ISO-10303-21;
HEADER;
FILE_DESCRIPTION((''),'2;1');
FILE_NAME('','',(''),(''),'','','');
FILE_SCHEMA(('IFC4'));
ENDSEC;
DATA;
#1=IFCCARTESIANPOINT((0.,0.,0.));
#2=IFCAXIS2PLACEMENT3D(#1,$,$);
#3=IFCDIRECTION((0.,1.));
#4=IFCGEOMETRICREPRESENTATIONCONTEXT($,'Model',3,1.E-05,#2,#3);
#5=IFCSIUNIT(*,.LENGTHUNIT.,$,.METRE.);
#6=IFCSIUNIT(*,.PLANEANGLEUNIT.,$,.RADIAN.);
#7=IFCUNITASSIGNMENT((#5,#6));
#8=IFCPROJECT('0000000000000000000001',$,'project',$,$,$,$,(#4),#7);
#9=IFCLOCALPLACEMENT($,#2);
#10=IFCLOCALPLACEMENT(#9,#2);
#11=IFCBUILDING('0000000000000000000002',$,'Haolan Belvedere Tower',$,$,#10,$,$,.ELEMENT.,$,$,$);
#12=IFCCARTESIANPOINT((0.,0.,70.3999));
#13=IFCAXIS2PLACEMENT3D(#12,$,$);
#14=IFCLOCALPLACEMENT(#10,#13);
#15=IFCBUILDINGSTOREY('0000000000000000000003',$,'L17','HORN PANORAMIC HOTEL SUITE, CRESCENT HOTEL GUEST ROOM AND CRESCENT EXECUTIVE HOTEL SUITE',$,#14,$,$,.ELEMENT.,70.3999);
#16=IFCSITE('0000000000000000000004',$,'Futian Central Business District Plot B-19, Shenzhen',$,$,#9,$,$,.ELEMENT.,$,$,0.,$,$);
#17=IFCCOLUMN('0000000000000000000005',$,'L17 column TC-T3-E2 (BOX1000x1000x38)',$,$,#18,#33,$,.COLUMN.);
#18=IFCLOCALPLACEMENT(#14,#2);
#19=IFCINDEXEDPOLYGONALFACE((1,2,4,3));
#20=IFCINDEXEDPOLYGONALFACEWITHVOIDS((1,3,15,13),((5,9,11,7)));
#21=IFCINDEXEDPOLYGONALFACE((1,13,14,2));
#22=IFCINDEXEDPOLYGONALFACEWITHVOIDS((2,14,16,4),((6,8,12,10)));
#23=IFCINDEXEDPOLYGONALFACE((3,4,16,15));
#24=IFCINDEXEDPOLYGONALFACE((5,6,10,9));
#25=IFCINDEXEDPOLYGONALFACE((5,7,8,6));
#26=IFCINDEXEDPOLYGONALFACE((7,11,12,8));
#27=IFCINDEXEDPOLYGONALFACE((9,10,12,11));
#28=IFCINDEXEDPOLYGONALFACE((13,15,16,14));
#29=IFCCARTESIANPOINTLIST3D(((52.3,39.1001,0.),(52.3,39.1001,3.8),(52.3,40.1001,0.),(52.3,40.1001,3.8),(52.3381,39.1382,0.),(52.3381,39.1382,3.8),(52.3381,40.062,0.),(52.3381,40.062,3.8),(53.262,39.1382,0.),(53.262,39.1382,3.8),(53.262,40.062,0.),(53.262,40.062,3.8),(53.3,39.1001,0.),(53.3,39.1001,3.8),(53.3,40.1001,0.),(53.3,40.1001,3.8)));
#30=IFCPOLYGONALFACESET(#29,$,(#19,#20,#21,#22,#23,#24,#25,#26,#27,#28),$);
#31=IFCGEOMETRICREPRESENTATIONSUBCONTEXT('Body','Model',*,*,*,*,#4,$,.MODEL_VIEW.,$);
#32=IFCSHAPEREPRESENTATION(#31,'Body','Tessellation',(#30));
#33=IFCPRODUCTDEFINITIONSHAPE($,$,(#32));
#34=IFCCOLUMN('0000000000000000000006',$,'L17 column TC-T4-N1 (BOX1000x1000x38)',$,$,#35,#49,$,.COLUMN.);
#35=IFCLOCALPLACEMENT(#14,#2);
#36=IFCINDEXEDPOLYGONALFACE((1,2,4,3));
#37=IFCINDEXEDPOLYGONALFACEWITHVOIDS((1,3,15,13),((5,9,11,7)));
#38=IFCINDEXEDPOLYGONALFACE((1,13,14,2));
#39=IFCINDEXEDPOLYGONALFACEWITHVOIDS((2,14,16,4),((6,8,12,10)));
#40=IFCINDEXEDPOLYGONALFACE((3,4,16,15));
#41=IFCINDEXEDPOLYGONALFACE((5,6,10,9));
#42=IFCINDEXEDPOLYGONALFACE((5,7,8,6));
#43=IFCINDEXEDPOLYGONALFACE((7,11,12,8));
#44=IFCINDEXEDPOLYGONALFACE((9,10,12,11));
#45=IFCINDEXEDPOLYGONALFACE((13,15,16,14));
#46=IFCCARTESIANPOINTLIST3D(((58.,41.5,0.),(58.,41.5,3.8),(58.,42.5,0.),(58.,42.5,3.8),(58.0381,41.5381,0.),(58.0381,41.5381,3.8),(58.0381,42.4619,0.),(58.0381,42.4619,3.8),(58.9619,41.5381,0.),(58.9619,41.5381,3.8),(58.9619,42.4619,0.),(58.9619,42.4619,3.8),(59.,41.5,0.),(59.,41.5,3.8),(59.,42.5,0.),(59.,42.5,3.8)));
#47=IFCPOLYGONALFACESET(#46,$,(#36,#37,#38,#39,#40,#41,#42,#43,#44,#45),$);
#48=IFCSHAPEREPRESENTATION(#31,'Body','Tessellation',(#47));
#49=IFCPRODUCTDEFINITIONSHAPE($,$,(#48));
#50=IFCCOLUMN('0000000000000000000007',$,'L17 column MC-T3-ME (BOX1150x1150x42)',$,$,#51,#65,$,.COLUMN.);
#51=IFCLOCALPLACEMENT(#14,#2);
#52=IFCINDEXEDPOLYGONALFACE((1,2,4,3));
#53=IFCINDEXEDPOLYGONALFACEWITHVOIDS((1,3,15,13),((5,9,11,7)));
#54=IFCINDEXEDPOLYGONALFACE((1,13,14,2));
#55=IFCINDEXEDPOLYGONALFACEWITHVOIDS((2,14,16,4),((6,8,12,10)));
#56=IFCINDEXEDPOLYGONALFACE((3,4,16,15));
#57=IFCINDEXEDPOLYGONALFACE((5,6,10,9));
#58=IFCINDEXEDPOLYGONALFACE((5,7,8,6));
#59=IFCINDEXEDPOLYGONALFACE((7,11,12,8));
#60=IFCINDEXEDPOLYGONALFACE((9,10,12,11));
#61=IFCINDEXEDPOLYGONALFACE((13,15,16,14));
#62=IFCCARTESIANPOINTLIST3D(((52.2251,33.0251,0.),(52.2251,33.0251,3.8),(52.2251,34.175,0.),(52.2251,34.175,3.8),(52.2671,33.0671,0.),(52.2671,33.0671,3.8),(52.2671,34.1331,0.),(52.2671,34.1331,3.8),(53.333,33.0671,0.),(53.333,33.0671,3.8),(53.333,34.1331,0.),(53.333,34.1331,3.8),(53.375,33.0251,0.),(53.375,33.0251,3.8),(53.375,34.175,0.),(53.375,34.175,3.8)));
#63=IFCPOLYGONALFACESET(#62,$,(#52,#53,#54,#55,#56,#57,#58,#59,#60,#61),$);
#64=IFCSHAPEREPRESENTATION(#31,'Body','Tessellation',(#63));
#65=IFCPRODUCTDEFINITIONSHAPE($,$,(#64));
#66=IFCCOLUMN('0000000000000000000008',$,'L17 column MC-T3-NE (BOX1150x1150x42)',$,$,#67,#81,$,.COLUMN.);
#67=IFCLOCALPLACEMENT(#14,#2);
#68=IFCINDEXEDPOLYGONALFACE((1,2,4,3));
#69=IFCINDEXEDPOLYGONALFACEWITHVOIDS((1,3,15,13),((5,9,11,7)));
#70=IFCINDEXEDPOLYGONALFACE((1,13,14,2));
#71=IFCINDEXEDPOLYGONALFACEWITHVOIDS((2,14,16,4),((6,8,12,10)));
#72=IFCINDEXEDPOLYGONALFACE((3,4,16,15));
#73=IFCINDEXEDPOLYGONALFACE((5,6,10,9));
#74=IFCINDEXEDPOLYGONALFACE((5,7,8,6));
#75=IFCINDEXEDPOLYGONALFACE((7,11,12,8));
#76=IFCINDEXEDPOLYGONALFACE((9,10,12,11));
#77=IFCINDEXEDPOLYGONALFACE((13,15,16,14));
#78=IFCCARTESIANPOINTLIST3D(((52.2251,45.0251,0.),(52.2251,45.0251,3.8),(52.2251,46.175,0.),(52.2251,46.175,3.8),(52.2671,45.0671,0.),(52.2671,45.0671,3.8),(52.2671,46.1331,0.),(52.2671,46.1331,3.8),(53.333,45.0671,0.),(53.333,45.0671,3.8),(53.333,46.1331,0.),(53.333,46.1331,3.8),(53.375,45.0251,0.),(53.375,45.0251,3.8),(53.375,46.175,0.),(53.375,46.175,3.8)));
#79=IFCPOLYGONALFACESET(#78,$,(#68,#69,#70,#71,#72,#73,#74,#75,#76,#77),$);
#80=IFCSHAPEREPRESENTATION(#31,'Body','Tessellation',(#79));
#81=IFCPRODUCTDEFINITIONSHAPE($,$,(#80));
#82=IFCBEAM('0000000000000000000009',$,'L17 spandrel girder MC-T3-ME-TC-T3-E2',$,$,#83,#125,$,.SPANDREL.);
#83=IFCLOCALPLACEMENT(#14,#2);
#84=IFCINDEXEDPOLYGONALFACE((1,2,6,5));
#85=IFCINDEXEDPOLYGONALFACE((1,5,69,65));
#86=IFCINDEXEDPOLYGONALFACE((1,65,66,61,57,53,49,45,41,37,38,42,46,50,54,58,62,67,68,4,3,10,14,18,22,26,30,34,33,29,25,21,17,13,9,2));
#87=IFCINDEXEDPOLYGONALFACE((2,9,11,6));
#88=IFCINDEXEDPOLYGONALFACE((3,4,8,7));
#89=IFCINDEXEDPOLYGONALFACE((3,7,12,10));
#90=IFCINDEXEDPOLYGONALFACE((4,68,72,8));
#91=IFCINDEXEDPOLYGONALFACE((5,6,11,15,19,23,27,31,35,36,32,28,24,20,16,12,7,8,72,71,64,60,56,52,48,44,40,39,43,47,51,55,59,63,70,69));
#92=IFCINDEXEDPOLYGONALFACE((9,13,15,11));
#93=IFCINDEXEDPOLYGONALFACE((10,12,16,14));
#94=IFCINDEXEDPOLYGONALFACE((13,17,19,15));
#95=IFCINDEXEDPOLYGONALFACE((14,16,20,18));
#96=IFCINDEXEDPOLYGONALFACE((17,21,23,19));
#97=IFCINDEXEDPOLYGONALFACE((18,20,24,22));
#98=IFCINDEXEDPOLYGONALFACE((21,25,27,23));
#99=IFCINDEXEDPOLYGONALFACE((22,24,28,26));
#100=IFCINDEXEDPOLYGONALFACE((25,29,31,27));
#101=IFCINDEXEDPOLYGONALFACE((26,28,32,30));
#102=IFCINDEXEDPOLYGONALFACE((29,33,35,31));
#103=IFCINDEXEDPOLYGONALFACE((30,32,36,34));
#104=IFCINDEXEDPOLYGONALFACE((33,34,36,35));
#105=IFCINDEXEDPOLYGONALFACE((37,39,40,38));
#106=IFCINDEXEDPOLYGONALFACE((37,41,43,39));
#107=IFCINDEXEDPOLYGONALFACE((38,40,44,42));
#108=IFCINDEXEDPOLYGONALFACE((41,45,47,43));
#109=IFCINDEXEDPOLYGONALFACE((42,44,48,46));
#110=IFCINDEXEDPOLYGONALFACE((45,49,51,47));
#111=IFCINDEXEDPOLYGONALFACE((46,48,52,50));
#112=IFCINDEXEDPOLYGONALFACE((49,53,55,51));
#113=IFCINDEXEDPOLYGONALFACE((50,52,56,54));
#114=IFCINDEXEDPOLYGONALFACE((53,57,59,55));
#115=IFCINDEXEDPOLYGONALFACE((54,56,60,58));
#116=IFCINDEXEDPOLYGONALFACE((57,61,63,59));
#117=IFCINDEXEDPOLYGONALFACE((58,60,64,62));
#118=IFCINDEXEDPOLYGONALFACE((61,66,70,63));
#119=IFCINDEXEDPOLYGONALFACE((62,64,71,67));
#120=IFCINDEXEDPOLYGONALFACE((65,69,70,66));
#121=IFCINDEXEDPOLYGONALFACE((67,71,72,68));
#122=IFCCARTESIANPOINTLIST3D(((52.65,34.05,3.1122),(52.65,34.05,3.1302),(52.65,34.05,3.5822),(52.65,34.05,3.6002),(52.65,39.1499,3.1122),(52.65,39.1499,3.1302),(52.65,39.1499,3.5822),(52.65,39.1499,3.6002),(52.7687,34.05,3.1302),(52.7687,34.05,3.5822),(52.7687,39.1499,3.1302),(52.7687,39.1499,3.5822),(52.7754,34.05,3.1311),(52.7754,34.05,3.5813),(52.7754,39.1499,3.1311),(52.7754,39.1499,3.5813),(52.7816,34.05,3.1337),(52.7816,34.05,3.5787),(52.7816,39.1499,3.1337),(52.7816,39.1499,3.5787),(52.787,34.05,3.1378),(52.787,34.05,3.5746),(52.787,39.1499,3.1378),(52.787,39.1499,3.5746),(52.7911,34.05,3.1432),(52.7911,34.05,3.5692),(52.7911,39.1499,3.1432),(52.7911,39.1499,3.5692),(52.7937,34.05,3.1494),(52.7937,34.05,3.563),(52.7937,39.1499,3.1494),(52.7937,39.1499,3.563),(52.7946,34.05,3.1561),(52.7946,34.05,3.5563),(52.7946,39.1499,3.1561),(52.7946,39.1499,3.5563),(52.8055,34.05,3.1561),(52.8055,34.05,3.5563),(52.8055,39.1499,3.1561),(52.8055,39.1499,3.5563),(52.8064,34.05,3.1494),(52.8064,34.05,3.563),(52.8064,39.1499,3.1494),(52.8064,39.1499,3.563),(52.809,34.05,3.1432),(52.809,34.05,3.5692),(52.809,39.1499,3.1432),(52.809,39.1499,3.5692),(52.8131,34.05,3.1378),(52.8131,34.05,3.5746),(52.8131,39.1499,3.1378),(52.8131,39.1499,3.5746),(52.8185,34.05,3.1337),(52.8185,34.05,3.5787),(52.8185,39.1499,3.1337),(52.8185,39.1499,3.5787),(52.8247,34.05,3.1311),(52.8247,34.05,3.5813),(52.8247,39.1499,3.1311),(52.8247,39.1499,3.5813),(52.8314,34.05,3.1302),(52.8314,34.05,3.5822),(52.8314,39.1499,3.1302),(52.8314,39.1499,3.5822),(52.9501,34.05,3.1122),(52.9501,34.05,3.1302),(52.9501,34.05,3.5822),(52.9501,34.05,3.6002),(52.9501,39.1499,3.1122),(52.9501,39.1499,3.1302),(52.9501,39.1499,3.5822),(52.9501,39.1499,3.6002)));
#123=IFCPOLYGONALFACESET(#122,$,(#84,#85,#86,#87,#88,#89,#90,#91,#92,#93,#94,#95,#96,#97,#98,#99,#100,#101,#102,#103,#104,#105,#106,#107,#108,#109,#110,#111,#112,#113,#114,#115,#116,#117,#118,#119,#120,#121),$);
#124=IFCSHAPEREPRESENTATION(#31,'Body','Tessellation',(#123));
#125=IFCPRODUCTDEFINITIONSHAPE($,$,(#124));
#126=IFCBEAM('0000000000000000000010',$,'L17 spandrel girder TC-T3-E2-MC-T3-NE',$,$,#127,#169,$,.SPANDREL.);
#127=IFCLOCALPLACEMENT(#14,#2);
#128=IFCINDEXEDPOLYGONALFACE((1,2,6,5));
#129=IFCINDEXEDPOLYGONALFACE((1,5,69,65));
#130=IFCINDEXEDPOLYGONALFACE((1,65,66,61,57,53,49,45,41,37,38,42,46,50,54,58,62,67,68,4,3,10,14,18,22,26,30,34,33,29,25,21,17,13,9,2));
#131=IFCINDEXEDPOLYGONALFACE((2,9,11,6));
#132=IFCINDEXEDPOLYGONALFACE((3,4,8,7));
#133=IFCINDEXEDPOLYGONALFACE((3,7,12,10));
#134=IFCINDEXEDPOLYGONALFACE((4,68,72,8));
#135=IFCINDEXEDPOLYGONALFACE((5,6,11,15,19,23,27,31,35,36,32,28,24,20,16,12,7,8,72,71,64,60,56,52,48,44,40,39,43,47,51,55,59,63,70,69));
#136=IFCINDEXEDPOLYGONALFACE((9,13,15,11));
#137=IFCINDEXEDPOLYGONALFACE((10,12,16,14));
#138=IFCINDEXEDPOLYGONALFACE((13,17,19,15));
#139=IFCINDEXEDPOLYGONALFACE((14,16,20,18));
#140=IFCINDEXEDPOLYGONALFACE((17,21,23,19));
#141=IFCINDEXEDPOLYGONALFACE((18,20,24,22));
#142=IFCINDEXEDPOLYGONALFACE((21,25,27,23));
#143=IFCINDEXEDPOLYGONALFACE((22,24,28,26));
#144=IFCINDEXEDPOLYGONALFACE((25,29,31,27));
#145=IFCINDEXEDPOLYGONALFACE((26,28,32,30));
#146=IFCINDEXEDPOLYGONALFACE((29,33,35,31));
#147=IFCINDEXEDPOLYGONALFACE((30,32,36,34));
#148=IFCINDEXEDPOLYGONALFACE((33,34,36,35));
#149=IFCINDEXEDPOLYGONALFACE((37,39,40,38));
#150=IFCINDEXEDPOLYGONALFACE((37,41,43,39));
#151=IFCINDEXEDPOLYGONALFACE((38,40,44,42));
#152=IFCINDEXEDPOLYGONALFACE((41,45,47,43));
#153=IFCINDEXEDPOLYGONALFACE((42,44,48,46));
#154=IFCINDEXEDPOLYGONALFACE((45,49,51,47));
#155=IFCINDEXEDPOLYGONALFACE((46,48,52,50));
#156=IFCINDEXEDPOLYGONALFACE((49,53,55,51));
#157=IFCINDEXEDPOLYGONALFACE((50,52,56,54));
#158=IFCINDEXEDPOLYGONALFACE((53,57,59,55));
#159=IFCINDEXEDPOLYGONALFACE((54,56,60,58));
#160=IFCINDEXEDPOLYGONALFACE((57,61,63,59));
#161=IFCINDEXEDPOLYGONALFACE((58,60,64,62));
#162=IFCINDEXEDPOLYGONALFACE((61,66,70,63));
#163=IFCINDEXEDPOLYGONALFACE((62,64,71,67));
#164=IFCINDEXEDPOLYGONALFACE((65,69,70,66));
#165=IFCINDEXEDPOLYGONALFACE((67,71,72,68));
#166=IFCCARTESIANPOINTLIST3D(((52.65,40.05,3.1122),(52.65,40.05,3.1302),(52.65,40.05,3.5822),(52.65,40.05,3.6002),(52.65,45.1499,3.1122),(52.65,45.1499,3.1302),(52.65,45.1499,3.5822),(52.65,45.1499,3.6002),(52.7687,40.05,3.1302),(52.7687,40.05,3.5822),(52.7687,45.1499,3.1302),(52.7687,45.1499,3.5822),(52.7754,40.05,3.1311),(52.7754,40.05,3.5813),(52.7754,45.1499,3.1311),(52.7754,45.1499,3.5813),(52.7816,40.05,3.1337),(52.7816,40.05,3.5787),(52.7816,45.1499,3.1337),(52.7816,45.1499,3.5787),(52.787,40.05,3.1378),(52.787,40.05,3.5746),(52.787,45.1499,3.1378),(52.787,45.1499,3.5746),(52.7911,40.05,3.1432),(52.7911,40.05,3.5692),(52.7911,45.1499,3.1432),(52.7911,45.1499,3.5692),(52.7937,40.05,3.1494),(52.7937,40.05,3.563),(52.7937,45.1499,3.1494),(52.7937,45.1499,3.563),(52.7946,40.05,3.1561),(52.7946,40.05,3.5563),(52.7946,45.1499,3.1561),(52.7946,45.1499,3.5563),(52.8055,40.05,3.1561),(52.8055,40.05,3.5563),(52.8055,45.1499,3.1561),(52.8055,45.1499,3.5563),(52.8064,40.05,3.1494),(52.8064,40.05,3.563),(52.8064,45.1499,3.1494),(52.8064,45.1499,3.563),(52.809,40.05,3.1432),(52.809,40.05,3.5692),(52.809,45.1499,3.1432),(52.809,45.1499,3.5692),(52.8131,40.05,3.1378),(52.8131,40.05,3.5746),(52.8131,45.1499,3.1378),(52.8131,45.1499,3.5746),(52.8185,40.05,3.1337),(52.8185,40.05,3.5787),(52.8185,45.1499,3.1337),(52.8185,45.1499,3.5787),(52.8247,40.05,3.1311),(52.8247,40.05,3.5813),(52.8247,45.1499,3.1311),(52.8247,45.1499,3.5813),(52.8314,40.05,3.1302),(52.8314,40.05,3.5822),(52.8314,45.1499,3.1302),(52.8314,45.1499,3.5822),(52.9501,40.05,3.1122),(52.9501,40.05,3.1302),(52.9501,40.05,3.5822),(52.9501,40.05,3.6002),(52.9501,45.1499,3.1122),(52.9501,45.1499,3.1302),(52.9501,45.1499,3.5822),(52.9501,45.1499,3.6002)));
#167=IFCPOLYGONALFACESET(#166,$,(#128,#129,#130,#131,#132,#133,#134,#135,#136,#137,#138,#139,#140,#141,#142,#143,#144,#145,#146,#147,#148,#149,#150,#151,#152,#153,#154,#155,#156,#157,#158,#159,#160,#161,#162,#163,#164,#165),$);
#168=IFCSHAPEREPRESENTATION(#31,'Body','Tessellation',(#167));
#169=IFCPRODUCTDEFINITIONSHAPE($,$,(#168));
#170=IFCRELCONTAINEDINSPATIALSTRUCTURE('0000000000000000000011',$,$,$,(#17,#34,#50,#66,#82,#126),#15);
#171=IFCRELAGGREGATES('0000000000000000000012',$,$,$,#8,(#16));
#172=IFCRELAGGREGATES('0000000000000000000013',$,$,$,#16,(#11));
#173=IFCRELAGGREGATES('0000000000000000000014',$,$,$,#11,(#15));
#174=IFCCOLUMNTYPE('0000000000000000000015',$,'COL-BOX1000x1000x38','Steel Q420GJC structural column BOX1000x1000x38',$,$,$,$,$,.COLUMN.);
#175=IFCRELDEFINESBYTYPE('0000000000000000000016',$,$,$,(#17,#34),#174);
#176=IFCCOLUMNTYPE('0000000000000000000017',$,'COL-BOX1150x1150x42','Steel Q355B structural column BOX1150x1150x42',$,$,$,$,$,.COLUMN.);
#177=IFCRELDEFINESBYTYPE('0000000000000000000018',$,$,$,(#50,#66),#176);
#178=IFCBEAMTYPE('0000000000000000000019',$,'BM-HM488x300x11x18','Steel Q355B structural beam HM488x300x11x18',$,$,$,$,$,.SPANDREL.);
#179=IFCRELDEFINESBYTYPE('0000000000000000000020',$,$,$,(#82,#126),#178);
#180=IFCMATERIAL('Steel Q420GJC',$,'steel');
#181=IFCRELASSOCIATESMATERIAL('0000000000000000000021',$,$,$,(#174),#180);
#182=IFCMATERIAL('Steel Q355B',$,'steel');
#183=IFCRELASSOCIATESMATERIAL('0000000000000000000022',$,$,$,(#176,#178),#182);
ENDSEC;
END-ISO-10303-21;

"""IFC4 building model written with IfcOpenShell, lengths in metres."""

from ifc_helpers import new_model, si_unit, direction, frame, origin, origin_2d, place, context, subcontext, project, spatial, hollow_rectangle, i_section, extrude, material, material_profile, profile_set, type_object, element, save


model = new_model("IFC4")

# Units and contexts
model_context = context("Model", 3, precision=1e-05, world=origin(), true_north=direction((0.0, 1.0)))
body_context = subcontext(model_context, "Body", "Model", "MODEL_VIEW")
ifc_project = project(units=[si_unit("LENGTHUNIT", "METRE"), si_unit("PLANEANGLEUNIT", "RADIAN")], contexts=[model_context])

# Site, building, storey
site_placement = place(None, origin())
site = spatial("IfcSite", under=ifc_project, at=site_placement, Name="Futian Central Business District Plot B-19, Shenzhen", CompositionType="ELEMENT", RefElevation=0.0)
building_placement = place(site_placement, origin())
building = spatial("IfcBuilding", under=site, at=building_placement, Name="Haolan Belvedere Tower", CompositionType="ELEMENT")
storey_placement = place(building_placement, frame((0.0, 0.0, 70.3999)))
storey = spatial("IfcBuildingStorey", under=building, at=storey_placement, Name="L17", Description="HORN PANORAMIC HOTEL SUITE, CRESCENT HOTEL GUEST ROOM AND CRESCENT EXECUTIVE HOTEL SUITE", CompositionType="ELEMENT", Elevation=70.3999)

# Columns
ifc_material_1 = material(Name="Steel Q420GJC", Category="steel")
ifc_material_profile_1 = material_profile(ifc_material_1, hollow_rectangle(XDim=1.0, YDim=1.0, WallThickness=0.0381, at=origin_2d()), Name="Steel Q420GJC")
ifc_profile_set_1 = profile_set([ifc_material_profile_1], Name="Steel Q420GJC")
column_type_1 = type_object("IfcColumnType", Name="COL-BOX1000x1000x38", Description="Steel Q420GJC structural column BOX1000x1000x38", PredefinedType="COLUMN", material=ifc_profile_set_1)
for number, where, z_axis, x_axis, name in (
    (1, (52.8, 39.6001, 0.0), (0.0, 0.0, 1.0), (1.0, 0.0, 0.0), "L17 column TC-T3-E2 (BOX1000x1000x38)"),
    (2, (58.5, 42.0, 0.0), (0.0, 0.0, 1.0), (1.0, 0.0, 0.0), "L17 column TC-T4-N1 (BOX1000x1000x38)"),
):
    element("IfcColumn", number, at=place(storey_placement, frame(where, z_axis=z_axis, x_axis=x_axis)), inside=storey, type_object=column_type_1, Name=name, PredefinedType="COLUMN", context=body_context, shape_type="SweptSolid", body=[
        extrude(hollow_rectangle(XDim=1.0, YDim=1.0, WallThickness=0.0381, at=origin_2d()), origin(), (0.0, 0.0, 1.0), 3.8),
    ])
ifc_material_2 = material(Name="Steel Q355B", Category="steel")
ifc_material_profile_2 = material_profile(ifc_material_2, hollow_rectangle(XDim=1.1499, YDim=1.1499, WallThickness=0.042, at=origin_2d()), Name="Steel Q355B")
ifc_profile_set_2 = profile_set([ifc_material_profile_2], Name="Steel Q355B")
column_type_2 = type_object("IfcColumnType", Name="COL-BOX1150x1150x42", Description="Steel Q355B structural column BOX1150x1150x42", PredefinedType="COLUMN", material=ifc_profile_set_2)
for number, where, z_axis, x_axis, name in (
    (3, (52.8, 33.6001, 0.0), (0.0, 0.0, 1.0), (1.0, 0.0, 0.0), "L17 column MC-T3-ME (BOX1150x1150x42)"),
    (4, (52.8, 45.6001, 0.0), (0.0, 0.0, 1.0), (1.0, 0.0, 0.0), "L17 column MC-T3-NE (BOX1150x1150x42)"),
):
    element("IfcColumn", number, at=place(storey_placement, frame(where, z_axis=z_axis, x_axis=x_axis)), inside=storey, type_object=column_type_2, Name=name, PredefinedType="COLUMN", context=body_context, shape_type="SweptSolid", body=[
        extrude(hollow_rectangle(XDim=1.1499, YDim=1.1499, WallThickness=0.042, at=origin_2d()), origin(), (0.0, 0.0, 1.0), 3.8),
    ])

# Beams
ifc_material_profile_3 = material_profile(ifc_material_2, i_section(OverallWidth=0.3, OverallDepth=0.488, WebThickness=0.011, FlangeThickness=0.0181, FilletRadius=0.0259, at=origin_2d()), Name="Steel Q355B")
ifc_profile_set_3 = profile_set([ifc_material_profile_3], Name="Steel Q355B")
beam_type_1 = type_object("IfcBeamType", Name="BM-HM488x300x11x18", Description="Steel Q355B structural beam HM488x300x11x18", PredefinedType="SPANDREL", material=ifc_profile_set_3)
for number, where, z_axis, x_axis, name in (
    (5, (52.8, 34.05, 3.3562), (0.0, 1.0, 0.0), (-1.0, 0.0, 0.0), "L17 spandrel girder MC-T3-ME-TC-T3-E2"),
    (6, (52.8, 40.05, 3.3562), (0.0, 1.0, 0.0), (-1.0, 0.0, 0.0), "L17 spandrel girder TC-T3-E2-MC-T3-NE"),
):
    element("IfcBeam", number, at=place(storey_placement, frame(where, z_axis=z_axis, x_axis=x_axis)), inside=storey, type_object=beam_type_1, Name=name, PredefinedType="SPANDREL", context=body_context, shape_type="SweptSolid", body=[
        extrude(i_section(OverallWidth=0.3, OverallDepth=0.488, WebThickness=0.011, FlangeThickness=0.0181, FilletRadius=0.0259, at=origin_2d()), origin(), (0.0, 0.0, 1.0), 5.0999),
    ])

save(model, "model.ifc")
